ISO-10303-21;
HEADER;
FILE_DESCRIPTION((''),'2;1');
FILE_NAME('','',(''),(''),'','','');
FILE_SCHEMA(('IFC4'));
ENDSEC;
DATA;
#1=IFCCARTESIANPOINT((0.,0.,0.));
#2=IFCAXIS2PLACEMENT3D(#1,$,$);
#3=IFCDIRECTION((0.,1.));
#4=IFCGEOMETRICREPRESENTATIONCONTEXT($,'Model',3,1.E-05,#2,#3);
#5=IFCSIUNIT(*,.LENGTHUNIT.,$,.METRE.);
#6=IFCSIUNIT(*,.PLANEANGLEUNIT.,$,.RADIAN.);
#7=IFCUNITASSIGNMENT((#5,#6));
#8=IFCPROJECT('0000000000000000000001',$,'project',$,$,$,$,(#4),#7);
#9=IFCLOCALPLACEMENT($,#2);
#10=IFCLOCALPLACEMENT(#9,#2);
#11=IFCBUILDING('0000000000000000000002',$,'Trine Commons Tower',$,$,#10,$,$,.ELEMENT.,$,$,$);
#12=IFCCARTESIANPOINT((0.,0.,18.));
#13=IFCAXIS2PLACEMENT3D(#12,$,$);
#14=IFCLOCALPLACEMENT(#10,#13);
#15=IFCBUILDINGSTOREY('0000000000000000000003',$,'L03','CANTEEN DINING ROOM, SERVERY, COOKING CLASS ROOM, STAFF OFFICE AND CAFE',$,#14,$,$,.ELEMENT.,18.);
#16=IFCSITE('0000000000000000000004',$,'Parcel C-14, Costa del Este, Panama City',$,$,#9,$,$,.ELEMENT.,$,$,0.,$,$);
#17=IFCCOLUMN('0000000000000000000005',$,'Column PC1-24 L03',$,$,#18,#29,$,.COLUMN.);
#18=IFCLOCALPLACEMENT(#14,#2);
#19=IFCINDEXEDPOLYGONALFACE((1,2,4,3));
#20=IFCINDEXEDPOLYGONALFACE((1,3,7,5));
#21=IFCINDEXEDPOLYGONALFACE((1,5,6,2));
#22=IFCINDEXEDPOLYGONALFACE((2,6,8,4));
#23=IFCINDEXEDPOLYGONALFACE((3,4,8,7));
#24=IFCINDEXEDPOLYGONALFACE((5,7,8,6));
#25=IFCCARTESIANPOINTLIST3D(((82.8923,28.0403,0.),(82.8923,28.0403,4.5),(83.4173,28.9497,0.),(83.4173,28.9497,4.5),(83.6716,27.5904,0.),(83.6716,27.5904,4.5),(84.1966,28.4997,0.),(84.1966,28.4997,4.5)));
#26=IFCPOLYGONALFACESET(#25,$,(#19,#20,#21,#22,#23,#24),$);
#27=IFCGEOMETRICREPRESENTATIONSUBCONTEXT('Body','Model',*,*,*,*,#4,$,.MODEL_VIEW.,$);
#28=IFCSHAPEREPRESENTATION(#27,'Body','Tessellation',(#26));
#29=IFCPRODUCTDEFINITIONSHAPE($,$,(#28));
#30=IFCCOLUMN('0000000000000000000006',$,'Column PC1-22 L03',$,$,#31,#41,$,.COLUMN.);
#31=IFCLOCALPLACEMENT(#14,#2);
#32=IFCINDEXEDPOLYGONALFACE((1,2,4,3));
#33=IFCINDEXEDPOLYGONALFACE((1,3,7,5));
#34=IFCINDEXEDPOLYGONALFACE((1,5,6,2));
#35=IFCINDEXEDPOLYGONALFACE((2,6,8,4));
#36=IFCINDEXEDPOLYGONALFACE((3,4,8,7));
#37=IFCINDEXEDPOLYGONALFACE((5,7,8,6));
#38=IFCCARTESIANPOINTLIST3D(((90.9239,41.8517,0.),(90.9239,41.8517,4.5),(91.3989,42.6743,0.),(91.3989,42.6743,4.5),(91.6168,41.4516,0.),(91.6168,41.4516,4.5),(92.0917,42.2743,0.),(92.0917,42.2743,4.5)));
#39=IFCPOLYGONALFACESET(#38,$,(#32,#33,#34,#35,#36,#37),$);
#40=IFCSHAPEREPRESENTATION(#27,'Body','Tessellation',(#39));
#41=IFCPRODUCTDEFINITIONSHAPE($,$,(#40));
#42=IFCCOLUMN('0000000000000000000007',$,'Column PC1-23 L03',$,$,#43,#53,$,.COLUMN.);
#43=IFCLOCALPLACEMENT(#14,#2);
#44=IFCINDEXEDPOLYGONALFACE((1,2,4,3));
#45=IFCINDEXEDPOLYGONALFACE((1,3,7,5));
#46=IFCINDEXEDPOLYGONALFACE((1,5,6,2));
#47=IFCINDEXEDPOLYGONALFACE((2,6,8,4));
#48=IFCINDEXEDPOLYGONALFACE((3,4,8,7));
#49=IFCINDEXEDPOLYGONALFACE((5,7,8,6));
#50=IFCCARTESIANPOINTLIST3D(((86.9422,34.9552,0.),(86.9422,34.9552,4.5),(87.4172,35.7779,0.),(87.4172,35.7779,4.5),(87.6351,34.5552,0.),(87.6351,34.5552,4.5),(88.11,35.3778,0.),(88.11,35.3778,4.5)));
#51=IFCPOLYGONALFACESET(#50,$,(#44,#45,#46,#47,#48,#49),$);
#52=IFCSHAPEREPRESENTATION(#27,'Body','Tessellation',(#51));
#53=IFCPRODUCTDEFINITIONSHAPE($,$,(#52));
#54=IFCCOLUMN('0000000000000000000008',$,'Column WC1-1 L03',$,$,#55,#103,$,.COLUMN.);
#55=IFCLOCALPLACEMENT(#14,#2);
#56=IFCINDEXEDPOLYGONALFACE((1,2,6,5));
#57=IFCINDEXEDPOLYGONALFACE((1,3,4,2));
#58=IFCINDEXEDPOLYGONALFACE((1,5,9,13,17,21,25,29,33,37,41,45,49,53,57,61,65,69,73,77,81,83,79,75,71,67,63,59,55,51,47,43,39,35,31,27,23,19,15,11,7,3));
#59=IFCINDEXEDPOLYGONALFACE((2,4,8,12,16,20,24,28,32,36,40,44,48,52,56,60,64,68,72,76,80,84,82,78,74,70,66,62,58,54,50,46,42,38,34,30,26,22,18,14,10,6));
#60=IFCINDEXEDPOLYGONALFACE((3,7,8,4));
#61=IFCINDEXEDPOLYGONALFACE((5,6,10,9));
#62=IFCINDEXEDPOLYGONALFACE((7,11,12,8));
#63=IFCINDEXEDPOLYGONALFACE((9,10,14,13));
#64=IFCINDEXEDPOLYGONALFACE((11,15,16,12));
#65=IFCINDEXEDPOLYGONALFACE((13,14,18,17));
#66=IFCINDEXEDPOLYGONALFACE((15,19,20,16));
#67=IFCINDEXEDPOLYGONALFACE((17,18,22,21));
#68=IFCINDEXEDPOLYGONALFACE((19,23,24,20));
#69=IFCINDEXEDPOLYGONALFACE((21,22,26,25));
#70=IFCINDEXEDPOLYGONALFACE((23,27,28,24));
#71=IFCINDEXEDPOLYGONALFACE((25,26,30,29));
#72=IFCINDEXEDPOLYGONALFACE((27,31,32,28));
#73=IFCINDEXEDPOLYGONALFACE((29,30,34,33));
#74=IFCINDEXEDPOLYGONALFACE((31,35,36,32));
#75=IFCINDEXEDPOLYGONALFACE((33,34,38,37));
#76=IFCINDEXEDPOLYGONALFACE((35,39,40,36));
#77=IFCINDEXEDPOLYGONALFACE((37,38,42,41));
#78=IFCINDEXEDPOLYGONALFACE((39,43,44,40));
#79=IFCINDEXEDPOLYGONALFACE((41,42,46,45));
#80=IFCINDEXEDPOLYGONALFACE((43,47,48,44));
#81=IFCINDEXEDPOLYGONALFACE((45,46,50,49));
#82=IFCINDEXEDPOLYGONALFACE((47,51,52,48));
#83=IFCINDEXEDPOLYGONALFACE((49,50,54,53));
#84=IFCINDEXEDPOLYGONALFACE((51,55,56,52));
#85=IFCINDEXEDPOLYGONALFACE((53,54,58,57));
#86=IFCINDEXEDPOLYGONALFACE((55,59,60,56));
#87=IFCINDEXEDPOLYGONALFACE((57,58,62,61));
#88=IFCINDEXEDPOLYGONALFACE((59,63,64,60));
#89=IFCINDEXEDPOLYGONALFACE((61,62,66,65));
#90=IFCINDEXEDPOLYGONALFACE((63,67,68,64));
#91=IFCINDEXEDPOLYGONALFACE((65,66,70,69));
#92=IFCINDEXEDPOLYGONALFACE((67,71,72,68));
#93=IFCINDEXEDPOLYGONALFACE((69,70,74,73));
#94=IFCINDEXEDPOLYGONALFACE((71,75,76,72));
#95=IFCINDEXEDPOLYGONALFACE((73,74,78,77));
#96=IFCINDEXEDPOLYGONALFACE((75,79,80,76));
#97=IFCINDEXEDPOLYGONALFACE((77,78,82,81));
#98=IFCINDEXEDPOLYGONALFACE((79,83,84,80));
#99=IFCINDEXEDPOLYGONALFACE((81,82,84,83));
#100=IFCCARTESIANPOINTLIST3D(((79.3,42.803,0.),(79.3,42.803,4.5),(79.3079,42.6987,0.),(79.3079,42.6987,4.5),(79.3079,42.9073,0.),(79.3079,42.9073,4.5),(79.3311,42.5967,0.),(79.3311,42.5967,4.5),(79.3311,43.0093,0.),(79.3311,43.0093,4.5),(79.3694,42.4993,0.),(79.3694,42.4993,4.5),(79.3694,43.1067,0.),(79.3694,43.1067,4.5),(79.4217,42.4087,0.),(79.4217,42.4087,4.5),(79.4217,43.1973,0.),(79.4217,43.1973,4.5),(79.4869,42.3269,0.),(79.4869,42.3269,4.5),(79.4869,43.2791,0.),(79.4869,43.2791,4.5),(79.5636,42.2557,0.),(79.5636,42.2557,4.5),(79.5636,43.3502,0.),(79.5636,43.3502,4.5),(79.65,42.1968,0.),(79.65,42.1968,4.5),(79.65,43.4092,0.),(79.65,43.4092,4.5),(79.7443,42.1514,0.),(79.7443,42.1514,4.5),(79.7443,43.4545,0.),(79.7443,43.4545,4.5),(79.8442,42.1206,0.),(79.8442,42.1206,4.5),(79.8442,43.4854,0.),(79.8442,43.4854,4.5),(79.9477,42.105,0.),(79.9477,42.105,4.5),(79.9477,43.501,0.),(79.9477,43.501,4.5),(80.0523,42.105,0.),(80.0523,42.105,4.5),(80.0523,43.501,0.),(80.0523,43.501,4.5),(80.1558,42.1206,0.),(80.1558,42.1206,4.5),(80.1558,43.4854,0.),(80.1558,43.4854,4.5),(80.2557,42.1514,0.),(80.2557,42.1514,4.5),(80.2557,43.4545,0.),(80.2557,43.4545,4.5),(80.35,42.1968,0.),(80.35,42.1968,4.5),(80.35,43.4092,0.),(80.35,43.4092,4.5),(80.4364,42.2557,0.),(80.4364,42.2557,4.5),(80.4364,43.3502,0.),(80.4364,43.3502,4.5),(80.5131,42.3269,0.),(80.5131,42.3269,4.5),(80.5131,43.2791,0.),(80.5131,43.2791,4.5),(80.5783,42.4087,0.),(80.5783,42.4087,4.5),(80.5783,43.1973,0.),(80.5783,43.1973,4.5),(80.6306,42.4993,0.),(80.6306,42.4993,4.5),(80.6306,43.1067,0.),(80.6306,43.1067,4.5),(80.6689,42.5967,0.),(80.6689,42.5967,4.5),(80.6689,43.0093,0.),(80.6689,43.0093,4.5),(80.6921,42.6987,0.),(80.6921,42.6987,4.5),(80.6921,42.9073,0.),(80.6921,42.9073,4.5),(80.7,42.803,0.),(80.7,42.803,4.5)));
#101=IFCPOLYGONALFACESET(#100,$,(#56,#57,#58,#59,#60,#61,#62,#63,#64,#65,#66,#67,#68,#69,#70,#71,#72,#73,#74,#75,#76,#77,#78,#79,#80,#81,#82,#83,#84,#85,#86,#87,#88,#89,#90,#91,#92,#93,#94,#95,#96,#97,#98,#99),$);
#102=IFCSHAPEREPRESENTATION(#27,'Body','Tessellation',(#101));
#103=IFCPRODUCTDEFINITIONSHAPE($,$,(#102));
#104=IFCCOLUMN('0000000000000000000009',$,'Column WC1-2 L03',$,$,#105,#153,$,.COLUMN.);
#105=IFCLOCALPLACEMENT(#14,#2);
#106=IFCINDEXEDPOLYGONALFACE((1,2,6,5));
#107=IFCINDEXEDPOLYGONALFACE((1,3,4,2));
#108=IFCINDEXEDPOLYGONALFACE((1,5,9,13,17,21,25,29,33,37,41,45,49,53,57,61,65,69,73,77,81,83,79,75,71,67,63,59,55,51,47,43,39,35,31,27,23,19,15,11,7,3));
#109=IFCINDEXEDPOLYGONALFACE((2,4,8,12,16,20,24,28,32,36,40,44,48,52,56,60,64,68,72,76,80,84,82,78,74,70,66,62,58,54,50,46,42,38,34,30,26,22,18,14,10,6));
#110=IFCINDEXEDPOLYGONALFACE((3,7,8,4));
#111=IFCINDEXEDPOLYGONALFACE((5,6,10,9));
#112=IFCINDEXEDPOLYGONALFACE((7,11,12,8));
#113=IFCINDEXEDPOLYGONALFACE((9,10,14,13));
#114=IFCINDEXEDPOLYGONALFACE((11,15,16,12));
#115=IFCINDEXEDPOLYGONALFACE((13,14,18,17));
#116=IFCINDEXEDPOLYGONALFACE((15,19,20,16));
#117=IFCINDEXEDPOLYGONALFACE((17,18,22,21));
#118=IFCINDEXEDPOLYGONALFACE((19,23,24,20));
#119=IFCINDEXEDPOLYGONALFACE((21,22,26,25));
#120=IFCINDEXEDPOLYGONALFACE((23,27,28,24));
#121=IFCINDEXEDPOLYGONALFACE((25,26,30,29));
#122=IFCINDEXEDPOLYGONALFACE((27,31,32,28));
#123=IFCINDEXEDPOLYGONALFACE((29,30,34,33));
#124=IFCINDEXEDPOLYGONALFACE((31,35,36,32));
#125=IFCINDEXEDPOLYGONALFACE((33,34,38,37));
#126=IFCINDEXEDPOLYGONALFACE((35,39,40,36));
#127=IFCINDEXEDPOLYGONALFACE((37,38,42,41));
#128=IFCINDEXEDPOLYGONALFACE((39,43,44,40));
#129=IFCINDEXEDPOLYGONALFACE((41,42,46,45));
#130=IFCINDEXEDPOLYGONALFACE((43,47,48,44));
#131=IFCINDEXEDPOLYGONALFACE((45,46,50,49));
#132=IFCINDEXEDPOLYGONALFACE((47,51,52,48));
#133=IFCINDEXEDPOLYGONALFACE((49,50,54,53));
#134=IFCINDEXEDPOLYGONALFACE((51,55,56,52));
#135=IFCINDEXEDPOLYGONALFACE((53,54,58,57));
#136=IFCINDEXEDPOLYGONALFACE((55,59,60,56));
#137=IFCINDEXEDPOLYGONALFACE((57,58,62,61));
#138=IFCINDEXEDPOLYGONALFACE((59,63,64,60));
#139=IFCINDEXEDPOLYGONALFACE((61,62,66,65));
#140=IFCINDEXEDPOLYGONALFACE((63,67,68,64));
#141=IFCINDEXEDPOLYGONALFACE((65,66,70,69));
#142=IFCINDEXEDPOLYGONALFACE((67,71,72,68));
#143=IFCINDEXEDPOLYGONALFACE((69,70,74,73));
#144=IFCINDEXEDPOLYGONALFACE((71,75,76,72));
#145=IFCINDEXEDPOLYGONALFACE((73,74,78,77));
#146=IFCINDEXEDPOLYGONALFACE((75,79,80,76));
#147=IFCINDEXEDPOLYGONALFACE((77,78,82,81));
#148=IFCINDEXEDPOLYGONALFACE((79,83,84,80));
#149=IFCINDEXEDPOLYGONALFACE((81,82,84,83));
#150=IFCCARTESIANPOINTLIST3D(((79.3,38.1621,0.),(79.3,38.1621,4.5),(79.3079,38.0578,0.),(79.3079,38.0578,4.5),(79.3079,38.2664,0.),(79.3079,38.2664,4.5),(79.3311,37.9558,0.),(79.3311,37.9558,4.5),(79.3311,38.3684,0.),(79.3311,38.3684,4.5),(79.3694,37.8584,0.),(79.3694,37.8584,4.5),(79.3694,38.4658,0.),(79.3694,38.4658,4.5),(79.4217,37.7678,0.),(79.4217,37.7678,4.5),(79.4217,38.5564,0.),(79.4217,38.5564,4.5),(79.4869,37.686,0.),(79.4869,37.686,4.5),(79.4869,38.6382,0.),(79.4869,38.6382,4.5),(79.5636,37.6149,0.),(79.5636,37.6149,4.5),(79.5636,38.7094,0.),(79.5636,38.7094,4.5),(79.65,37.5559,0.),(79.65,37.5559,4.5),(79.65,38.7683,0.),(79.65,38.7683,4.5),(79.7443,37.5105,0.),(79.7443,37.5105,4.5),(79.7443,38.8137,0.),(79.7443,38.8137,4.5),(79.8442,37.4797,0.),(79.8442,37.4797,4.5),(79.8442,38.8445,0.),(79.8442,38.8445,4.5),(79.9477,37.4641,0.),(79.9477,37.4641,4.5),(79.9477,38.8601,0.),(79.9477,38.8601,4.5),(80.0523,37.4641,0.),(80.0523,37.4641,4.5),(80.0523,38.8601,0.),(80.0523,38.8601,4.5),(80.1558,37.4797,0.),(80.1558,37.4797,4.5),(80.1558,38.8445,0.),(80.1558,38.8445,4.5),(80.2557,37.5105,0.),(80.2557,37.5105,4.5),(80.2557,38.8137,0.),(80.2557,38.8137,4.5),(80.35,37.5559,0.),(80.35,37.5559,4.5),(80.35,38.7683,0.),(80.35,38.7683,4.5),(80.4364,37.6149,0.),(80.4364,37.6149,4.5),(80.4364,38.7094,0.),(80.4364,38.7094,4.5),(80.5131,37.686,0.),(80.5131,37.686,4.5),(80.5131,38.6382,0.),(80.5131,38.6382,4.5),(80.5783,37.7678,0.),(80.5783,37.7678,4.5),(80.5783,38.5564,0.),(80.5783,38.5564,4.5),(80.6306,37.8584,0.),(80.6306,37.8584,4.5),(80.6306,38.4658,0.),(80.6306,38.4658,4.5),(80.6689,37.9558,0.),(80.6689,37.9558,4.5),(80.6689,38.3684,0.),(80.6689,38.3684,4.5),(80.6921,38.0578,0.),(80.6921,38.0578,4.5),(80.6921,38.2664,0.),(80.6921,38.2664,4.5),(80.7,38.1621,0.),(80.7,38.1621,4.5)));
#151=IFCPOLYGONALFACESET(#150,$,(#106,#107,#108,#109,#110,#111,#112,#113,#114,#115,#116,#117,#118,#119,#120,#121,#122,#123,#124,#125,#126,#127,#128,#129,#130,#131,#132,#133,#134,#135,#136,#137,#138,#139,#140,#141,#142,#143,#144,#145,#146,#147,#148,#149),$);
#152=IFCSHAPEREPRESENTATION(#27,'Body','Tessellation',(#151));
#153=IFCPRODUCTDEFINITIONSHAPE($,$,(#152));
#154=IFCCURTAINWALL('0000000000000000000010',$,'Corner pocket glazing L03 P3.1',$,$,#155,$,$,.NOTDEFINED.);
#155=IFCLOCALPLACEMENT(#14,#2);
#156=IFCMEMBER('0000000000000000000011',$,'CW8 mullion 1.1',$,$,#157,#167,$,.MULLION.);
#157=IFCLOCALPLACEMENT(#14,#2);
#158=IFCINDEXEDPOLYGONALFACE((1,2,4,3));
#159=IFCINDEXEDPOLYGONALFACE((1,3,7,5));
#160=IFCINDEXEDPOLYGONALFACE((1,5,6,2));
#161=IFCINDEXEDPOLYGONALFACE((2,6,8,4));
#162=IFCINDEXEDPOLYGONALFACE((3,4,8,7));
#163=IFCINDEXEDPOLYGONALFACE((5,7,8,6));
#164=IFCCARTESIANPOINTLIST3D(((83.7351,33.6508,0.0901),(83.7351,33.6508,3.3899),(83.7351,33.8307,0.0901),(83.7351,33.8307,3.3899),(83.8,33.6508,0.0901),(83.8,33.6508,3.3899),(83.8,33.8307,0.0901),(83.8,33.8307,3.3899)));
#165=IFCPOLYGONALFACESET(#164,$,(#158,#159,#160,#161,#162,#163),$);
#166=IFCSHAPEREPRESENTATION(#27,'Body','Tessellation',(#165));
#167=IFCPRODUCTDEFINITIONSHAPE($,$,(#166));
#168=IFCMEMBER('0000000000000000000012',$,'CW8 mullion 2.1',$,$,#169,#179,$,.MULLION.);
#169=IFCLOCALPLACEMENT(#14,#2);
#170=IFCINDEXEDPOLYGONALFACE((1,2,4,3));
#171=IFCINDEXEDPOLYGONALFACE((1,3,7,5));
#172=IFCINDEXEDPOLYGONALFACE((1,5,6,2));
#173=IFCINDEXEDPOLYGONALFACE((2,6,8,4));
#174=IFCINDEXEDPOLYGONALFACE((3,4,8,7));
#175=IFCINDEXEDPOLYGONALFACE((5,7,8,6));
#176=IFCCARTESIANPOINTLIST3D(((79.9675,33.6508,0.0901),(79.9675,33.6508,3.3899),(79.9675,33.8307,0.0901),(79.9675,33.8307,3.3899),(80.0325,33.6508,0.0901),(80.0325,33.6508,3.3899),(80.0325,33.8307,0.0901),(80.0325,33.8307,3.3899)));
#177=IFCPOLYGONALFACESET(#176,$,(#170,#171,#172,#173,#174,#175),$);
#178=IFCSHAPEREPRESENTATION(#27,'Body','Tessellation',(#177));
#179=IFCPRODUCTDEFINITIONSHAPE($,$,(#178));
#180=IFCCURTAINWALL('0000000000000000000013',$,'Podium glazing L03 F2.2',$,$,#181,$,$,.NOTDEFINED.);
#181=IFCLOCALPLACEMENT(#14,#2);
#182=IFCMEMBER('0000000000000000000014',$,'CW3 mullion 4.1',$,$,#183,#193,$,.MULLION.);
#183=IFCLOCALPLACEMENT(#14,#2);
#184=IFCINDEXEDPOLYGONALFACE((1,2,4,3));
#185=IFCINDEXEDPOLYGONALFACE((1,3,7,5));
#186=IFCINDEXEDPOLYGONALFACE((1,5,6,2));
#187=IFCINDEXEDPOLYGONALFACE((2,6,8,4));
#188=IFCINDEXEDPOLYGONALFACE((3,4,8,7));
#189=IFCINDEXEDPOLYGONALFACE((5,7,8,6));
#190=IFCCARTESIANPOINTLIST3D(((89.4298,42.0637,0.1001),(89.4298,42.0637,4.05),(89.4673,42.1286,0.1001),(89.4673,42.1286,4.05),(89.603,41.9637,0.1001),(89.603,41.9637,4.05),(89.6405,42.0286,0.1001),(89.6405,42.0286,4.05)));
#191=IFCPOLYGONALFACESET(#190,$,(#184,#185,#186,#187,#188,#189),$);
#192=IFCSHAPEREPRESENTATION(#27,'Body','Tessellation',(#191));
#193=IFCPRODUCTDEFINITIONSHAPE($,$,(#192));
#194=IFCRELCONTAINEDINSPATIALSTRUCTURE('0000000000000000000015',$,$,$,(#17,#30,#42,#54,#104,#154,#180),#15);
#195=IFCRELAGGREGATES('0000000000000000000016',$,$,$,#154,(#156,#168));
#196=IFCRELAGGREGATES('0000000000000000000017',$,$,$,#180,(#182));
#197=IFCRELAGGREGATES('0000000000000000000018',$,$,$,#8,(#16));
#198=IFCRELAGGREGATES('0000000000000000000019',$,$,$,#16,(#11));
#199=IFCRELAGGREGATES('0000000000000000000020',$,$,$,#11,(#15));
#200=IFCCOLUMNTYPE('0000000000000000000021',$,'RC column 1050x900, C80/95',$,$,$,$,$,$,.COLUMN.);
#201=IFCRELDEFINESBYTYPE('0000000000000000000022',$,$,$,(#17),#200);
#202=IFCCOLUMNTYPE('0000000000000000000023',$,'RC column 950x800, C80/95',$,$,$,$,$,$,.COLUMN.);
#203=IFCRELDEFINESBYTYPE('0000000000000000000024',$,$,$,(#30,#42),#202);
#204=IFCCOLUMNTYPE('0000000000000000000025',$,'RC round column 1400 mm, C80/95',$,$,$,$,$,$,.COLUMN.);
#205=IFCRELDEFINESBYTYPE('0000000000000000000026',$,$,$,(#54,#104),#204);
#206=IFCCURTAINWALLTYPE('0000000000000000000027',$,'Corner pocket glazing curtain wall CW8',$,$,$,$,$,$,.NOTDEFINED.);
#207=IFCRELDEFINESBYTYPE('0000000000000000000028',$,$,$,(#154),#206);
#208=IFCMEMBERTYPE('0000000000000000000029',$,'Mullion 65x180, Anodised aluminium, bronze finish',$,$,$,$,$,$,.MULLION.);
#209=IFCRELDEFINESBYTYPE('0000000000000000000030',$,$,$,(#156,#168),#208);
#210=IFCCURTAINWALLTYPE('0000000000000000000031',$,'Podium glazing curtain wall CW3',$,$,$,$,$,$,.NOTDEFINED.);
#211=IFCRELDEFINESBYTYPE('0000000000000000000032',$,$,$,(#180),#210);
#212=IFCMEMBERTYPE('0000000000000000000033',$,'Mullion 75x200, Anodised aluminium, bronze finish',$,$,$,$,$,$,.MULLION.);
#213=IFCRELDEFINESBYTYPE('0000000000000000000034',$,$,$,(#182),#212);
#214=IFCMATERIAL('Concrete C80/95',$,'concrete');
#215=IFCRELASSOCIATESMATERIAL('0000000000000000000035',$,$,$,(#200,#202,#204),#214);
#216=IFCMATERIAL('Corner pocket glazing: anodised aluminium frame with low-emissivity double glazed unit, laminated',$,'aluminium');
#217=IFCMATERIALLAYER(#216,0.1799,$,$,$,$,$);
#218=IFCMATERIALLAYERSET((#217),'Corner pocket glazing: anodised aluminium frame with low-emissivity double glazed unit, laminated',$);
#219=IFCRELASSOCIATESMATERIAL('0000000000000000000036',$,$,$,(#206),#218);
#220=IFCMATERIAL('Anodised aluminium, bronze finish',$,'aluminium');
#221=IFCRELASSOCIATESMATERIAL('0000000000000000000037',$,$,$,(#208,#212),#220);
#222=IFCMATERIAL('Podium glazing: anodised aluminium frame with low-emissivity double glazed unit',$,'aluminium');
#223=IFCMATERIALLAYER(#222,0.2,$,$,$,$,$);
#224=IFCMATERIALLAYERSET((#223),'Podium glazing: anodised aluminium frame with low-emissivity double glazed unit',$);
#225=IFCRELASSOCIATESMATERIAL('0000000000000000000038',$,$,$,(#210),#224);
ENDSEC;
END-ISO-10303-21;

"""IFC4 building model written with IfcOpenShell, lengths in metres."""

from ifc_helpers import new_model, si_unit, direction, frame, origin, origin_2d, place, context, subcontext, project, spatial, rectangle, circle, extrude, material, layer, layer_set, material_profile, profile_set, type_object, element, aggregate, save


model = new_model("IFC4")

# Units and contexts
model_context = context("Model", 3, precision=1e-05, world=origin(), true_north=direction((0.0, 1.0)))
body_context = subcontext(model_context, "Body", "Model", "MODEL_VIEW")
ifc_project = project(units=[si_unit("LENGTHUNIT", "METRE"), si_unit("PLANEANGLEUNIT", "RADIAN")], contexts=[model_context])

# Site, building, storey
site_placement = place(None, origin())
site = spatial("IfcSite", under=ifc_project, at=site_placement, Name="Parcel C-14, Costa del Este, Panama City", CompositionType="ELEMENT", RefElevation=0.0)
building_placement = place(site_placement, origin())
building = spatial("IfcBuilding", under=site, at=building_placement, Name="Trine Commons Tower", CompositionType="ELEMENT")
storey_placement = place(building_placement, frame((0.0, 0.0, 18.0)))
storey = spatial("IfcBuildingStorey", under=building, at=storey_placement, Name="L03", Description="CANTEEN DINING ROOM, SERVERY, COOKING CLASS ROOM, STAFF OFFICE AND CAFE", CompositionType="ELEMENT", Elevation=18.0)

# Columns
ifc_material_1 = material(Name="Concrete C80/95", Category="concrete")
ifc_material_profile_1 = material_profile(ifc_material_1, rectangle(XDim=1.05, YDim=0.8999, at=origin_2d()), Name="RC 1050x900")
ifc_profile_set_1 = profile_set([ifc_material_profile_1], Name="Concrete C80/95")
column_type_1 = type_object("IfcColumnType", Name="RC column 1050x900, C80/95", PredefinedType="COLUMN", material=ifc_profile_set_1)
column_placement = place(storey_placement, frame((83.5444, 28.27, 0.0), z_axis=(0.0, 0.0, 1.0), x_axis=(0.5, 0.866025, 0.0)))
element("IfcColumn", 1, at=column_placement, inside=storey, type_object=column_type_1, Name="Column PC1-24 L03", PredefinedType="COLUMN", context=body_context, shape_type="SweptSolid", body=[
    extrude(rectangle(XDim=1.05, YDim=0.8999, at=origin_2d()), origin(), (0.0, 0.0, 1.0), 4.5),
])
ifc_material_profile_2 = material_profile(ifc_material_1, rectangle(XDim=0.95, YDim=0.8, at=origin_2d()), Name="RC 950x800")
ifc_profile_set_2 = profile_set([ifc_material_profile_2], Name="Concrete C80/95")
column_type_2 = type_object("IfcColumnType", Name="RC column 950x800, C80/95", PredefinedType="COLUMN", material=ifc_profile_set_2)
for number, where, z_axis, x_axis, name in (
    (2, (91.5078, 42.063, 0.0), (0.0, 0.0, 1.0), (0.5, 0.866025, 0.0), "Column PC1-22 L03"),
    (3, (87.5261, 35.1665, 0.0), (0.0, 0.0, 1.0), (0.5, 0.866025, 0.0), "Column PC1-23 L03"),
):
    element("IfcColumn", number, at=place(storey_placement, frame(where, z_axis=z_axis, x_axis=x_axis)), inside=storey, type_object=column_type_2, Name=name, PredefinedType="COLUMN", context=body_context, shape_type="SweptSolid", body=[
        extrude(rectangle(XDim=0.95, YDim=0.8, at=origin_2d()), origin(), (0.0, 0.0, 1.0), 4.5),
    ])
ifc_material_profile_3 = material_profile(ifc_material_1, circle(Radius=0.7, at=origin_2d()), Name="RC round 1400")
ifc_profile_set_3 = profile_set([ifc_material_profile_3], Name="Concrete C80/95")
column_type_3 = type_object("IfcColumnType", Name="RC round column 1400 mm, C80/95", PredefinedType="COLUMN", material=ifc_profile_set_3)
for number, where, z_axis, x_axis, name in (
    (4, (80.0, 42.803, 0.0), (0.0, 0.0, 1.0), (1.0, 0.0, 0.0), "Column WC1-1 L03"),
    (5, (80.0, 38.1621, 0.0), (0.0, 0.0, 1.0), (1.0, 0.0, 0.0), "Column WC1-2 L03"),
):
    element("IfcColumn", number, at=place(storey_placement, frame(where, z_axis=z_axis, x_axis=x_axis)), inside=storey, type_object=column_type_3, Name=name, PredefinedType="COLUMN", context=body_context, shape_type="SweptSolid", body=[
        extrude(circle(Radius=0.7, at=origin_2d()), origin(), (0.0, 0.0, 1.0), 4.5),
    ])

# Curtain walls, members
ifc_material_2 = material(Name="Corner pocket glazing: anodised aluminium frame with low-emissivity double glazed unit, laminated", Category="aluminium")
ifc_layer_1 = layer(ifc_material_2, 0.1799)
ifc_layer_set_1 = layer_set([ifc_layer_1], Name="Corner pocket glazing: anodised aluminium frame with low-emissivity double glazed unit, laminated")
curtain_wall_type_1 = type_object("IfcCurtainWallType", Name="Corner pocket glazing curtain wall CW8", PredefinedType="NOTDEFINED", material=ifc_layer_set_1)
curtain_wall_1_placement = place(storey_placement, origin())
curtain_wall_1 = element("IfcCurtainWall", 6, at=curtain_wall_1_placement, inside=storey, type_object=curtain_wall_type_1, Name="Corner pocket glazing L03 P3.1", PredefinedType="NOTDEFINED")
ifc_material_3 = material(Name="Anodised aluminium, bronze finish", Category="aluminium")
ifc_material_profile_4 = material_profile(ifc_material_3, rectangle(XDim=0.1799, YDim=0.0649, at=origin_2d()), Name="Mullion 65x180")
ifc_profile_set_4 = profile_set([ifc_material_profile_4], Name="Anodised aluminium, bronze finish")
member_type_1 = type_object("IfcMemberType", Name="Mullion 65x180, Anodised aluminium, bronze finish", PredefinedType="MULLION", material=ifc_profile_set_4)
member_1_placement = place(storey_placement, frame((83.7676, 33.7407, 0.0901), z_axis=(0.0, 0.0, 1.0), x_axis=(0.0, -1.0, 0.0)))
member_1 = element("IfcMember", 7, at=member_1_placement, type_object=member_type_1, Name="CW8 mullion 1.1", PredefinedType="MULLION", context=body_context, shape_type="SweptSolid", body=[
    extrude(rectangle(XDim=0.1799, YDim=0.0649, at=origin_2d()), origin(), (0.0, 0.0, 1.0), 3.2998),
])
member_2_placement = place(storey_placement, frame((80.0, 33.7407, 0.0901), z_axis=(0.0, 0.0, 1.0), x_axis=(0.0, -1.0, 0.0)))
member_2 = element("IfcMember", 8, at=member_2_placement, type_object=member_type_1, Name="CW8 mullion 2.1", PredefinedType="MULLION", context=body_context, shape_type="SweptSolid", body=[
    extrude(rectangle(XDim=0.1799, YDim=0.0649, at=origin_2d()), origin(), (0.0, 0.0, 1.0), 3.2998),
])
ifc_material_4 = material(Name="Podium glazing: anodised aluminium frame with low-emissivity double glazed unit", Category="aluminium")
ifc_layer_2 = layer(ifc_material_4, 0.2)
ifc_layer_set_2 = layer_set([ifc_layer_2], Name="Podium glazing: anodised aluminium frame with low-emissivity double glazed unit")
curtain_wall_type_2 = type_object("IfcCurtainWallType", Name="Podium glazing curtain wall CW3", PredefinedType="NOTDEFINED", material=ifc_layer_set_2)
curtain_wall_2_placement = place(storey_placement, origin())
curtain_wall_2 = element("IfcCurtainWall", 9, at=curtain_wall_2_placement, inside=storey, type_object=curtain_wall_type_2, Name="Podium glazing L03 F2.2", PredefinedType="NOTDEFINED")
ifc_material_profile_5 = material_profile(ifc_material_3, rectangle(XDim=0.2, YDim=0.075, at=origin_2d()), Name="Mullion 75x200")
ifc_profile_set_5 = profile_set([ifc_material_profile_5], Name="Anodised aluminium, bronze finish")
member_type_2 = type_object("IfcMemberType", Name="Mullion 75x200, Anodised aluminium, bronze finish", PredefinedType="MULLION", material=ifc_profile_set_5)
member_3_placement = place(storey_placement, frame((89.5352, 42.0461, 0.1001), z_axis=(0.0, 0.0, 1.0), x_axis=(0.866025, -0.5, 0.0)))
member_3 = element("IfcMember", 10, at=member_3_placement, type_object=member_type_2, Name="CW3 mullion 4.1", PredefinedType="MULLION", context=body_context, shape_type="SweptSolid", body=[
    extrude(rectangle(XDim=0.2, YDim=0.075, at=origin_2d()), origin(), (0.0, 0.0, 1.0), 3.95),
])

aggregate(curtain_wall_1, [member_1, member_2])
aggregate(curtain_wall_2, [member_3])

save(model, "model.ifc")
